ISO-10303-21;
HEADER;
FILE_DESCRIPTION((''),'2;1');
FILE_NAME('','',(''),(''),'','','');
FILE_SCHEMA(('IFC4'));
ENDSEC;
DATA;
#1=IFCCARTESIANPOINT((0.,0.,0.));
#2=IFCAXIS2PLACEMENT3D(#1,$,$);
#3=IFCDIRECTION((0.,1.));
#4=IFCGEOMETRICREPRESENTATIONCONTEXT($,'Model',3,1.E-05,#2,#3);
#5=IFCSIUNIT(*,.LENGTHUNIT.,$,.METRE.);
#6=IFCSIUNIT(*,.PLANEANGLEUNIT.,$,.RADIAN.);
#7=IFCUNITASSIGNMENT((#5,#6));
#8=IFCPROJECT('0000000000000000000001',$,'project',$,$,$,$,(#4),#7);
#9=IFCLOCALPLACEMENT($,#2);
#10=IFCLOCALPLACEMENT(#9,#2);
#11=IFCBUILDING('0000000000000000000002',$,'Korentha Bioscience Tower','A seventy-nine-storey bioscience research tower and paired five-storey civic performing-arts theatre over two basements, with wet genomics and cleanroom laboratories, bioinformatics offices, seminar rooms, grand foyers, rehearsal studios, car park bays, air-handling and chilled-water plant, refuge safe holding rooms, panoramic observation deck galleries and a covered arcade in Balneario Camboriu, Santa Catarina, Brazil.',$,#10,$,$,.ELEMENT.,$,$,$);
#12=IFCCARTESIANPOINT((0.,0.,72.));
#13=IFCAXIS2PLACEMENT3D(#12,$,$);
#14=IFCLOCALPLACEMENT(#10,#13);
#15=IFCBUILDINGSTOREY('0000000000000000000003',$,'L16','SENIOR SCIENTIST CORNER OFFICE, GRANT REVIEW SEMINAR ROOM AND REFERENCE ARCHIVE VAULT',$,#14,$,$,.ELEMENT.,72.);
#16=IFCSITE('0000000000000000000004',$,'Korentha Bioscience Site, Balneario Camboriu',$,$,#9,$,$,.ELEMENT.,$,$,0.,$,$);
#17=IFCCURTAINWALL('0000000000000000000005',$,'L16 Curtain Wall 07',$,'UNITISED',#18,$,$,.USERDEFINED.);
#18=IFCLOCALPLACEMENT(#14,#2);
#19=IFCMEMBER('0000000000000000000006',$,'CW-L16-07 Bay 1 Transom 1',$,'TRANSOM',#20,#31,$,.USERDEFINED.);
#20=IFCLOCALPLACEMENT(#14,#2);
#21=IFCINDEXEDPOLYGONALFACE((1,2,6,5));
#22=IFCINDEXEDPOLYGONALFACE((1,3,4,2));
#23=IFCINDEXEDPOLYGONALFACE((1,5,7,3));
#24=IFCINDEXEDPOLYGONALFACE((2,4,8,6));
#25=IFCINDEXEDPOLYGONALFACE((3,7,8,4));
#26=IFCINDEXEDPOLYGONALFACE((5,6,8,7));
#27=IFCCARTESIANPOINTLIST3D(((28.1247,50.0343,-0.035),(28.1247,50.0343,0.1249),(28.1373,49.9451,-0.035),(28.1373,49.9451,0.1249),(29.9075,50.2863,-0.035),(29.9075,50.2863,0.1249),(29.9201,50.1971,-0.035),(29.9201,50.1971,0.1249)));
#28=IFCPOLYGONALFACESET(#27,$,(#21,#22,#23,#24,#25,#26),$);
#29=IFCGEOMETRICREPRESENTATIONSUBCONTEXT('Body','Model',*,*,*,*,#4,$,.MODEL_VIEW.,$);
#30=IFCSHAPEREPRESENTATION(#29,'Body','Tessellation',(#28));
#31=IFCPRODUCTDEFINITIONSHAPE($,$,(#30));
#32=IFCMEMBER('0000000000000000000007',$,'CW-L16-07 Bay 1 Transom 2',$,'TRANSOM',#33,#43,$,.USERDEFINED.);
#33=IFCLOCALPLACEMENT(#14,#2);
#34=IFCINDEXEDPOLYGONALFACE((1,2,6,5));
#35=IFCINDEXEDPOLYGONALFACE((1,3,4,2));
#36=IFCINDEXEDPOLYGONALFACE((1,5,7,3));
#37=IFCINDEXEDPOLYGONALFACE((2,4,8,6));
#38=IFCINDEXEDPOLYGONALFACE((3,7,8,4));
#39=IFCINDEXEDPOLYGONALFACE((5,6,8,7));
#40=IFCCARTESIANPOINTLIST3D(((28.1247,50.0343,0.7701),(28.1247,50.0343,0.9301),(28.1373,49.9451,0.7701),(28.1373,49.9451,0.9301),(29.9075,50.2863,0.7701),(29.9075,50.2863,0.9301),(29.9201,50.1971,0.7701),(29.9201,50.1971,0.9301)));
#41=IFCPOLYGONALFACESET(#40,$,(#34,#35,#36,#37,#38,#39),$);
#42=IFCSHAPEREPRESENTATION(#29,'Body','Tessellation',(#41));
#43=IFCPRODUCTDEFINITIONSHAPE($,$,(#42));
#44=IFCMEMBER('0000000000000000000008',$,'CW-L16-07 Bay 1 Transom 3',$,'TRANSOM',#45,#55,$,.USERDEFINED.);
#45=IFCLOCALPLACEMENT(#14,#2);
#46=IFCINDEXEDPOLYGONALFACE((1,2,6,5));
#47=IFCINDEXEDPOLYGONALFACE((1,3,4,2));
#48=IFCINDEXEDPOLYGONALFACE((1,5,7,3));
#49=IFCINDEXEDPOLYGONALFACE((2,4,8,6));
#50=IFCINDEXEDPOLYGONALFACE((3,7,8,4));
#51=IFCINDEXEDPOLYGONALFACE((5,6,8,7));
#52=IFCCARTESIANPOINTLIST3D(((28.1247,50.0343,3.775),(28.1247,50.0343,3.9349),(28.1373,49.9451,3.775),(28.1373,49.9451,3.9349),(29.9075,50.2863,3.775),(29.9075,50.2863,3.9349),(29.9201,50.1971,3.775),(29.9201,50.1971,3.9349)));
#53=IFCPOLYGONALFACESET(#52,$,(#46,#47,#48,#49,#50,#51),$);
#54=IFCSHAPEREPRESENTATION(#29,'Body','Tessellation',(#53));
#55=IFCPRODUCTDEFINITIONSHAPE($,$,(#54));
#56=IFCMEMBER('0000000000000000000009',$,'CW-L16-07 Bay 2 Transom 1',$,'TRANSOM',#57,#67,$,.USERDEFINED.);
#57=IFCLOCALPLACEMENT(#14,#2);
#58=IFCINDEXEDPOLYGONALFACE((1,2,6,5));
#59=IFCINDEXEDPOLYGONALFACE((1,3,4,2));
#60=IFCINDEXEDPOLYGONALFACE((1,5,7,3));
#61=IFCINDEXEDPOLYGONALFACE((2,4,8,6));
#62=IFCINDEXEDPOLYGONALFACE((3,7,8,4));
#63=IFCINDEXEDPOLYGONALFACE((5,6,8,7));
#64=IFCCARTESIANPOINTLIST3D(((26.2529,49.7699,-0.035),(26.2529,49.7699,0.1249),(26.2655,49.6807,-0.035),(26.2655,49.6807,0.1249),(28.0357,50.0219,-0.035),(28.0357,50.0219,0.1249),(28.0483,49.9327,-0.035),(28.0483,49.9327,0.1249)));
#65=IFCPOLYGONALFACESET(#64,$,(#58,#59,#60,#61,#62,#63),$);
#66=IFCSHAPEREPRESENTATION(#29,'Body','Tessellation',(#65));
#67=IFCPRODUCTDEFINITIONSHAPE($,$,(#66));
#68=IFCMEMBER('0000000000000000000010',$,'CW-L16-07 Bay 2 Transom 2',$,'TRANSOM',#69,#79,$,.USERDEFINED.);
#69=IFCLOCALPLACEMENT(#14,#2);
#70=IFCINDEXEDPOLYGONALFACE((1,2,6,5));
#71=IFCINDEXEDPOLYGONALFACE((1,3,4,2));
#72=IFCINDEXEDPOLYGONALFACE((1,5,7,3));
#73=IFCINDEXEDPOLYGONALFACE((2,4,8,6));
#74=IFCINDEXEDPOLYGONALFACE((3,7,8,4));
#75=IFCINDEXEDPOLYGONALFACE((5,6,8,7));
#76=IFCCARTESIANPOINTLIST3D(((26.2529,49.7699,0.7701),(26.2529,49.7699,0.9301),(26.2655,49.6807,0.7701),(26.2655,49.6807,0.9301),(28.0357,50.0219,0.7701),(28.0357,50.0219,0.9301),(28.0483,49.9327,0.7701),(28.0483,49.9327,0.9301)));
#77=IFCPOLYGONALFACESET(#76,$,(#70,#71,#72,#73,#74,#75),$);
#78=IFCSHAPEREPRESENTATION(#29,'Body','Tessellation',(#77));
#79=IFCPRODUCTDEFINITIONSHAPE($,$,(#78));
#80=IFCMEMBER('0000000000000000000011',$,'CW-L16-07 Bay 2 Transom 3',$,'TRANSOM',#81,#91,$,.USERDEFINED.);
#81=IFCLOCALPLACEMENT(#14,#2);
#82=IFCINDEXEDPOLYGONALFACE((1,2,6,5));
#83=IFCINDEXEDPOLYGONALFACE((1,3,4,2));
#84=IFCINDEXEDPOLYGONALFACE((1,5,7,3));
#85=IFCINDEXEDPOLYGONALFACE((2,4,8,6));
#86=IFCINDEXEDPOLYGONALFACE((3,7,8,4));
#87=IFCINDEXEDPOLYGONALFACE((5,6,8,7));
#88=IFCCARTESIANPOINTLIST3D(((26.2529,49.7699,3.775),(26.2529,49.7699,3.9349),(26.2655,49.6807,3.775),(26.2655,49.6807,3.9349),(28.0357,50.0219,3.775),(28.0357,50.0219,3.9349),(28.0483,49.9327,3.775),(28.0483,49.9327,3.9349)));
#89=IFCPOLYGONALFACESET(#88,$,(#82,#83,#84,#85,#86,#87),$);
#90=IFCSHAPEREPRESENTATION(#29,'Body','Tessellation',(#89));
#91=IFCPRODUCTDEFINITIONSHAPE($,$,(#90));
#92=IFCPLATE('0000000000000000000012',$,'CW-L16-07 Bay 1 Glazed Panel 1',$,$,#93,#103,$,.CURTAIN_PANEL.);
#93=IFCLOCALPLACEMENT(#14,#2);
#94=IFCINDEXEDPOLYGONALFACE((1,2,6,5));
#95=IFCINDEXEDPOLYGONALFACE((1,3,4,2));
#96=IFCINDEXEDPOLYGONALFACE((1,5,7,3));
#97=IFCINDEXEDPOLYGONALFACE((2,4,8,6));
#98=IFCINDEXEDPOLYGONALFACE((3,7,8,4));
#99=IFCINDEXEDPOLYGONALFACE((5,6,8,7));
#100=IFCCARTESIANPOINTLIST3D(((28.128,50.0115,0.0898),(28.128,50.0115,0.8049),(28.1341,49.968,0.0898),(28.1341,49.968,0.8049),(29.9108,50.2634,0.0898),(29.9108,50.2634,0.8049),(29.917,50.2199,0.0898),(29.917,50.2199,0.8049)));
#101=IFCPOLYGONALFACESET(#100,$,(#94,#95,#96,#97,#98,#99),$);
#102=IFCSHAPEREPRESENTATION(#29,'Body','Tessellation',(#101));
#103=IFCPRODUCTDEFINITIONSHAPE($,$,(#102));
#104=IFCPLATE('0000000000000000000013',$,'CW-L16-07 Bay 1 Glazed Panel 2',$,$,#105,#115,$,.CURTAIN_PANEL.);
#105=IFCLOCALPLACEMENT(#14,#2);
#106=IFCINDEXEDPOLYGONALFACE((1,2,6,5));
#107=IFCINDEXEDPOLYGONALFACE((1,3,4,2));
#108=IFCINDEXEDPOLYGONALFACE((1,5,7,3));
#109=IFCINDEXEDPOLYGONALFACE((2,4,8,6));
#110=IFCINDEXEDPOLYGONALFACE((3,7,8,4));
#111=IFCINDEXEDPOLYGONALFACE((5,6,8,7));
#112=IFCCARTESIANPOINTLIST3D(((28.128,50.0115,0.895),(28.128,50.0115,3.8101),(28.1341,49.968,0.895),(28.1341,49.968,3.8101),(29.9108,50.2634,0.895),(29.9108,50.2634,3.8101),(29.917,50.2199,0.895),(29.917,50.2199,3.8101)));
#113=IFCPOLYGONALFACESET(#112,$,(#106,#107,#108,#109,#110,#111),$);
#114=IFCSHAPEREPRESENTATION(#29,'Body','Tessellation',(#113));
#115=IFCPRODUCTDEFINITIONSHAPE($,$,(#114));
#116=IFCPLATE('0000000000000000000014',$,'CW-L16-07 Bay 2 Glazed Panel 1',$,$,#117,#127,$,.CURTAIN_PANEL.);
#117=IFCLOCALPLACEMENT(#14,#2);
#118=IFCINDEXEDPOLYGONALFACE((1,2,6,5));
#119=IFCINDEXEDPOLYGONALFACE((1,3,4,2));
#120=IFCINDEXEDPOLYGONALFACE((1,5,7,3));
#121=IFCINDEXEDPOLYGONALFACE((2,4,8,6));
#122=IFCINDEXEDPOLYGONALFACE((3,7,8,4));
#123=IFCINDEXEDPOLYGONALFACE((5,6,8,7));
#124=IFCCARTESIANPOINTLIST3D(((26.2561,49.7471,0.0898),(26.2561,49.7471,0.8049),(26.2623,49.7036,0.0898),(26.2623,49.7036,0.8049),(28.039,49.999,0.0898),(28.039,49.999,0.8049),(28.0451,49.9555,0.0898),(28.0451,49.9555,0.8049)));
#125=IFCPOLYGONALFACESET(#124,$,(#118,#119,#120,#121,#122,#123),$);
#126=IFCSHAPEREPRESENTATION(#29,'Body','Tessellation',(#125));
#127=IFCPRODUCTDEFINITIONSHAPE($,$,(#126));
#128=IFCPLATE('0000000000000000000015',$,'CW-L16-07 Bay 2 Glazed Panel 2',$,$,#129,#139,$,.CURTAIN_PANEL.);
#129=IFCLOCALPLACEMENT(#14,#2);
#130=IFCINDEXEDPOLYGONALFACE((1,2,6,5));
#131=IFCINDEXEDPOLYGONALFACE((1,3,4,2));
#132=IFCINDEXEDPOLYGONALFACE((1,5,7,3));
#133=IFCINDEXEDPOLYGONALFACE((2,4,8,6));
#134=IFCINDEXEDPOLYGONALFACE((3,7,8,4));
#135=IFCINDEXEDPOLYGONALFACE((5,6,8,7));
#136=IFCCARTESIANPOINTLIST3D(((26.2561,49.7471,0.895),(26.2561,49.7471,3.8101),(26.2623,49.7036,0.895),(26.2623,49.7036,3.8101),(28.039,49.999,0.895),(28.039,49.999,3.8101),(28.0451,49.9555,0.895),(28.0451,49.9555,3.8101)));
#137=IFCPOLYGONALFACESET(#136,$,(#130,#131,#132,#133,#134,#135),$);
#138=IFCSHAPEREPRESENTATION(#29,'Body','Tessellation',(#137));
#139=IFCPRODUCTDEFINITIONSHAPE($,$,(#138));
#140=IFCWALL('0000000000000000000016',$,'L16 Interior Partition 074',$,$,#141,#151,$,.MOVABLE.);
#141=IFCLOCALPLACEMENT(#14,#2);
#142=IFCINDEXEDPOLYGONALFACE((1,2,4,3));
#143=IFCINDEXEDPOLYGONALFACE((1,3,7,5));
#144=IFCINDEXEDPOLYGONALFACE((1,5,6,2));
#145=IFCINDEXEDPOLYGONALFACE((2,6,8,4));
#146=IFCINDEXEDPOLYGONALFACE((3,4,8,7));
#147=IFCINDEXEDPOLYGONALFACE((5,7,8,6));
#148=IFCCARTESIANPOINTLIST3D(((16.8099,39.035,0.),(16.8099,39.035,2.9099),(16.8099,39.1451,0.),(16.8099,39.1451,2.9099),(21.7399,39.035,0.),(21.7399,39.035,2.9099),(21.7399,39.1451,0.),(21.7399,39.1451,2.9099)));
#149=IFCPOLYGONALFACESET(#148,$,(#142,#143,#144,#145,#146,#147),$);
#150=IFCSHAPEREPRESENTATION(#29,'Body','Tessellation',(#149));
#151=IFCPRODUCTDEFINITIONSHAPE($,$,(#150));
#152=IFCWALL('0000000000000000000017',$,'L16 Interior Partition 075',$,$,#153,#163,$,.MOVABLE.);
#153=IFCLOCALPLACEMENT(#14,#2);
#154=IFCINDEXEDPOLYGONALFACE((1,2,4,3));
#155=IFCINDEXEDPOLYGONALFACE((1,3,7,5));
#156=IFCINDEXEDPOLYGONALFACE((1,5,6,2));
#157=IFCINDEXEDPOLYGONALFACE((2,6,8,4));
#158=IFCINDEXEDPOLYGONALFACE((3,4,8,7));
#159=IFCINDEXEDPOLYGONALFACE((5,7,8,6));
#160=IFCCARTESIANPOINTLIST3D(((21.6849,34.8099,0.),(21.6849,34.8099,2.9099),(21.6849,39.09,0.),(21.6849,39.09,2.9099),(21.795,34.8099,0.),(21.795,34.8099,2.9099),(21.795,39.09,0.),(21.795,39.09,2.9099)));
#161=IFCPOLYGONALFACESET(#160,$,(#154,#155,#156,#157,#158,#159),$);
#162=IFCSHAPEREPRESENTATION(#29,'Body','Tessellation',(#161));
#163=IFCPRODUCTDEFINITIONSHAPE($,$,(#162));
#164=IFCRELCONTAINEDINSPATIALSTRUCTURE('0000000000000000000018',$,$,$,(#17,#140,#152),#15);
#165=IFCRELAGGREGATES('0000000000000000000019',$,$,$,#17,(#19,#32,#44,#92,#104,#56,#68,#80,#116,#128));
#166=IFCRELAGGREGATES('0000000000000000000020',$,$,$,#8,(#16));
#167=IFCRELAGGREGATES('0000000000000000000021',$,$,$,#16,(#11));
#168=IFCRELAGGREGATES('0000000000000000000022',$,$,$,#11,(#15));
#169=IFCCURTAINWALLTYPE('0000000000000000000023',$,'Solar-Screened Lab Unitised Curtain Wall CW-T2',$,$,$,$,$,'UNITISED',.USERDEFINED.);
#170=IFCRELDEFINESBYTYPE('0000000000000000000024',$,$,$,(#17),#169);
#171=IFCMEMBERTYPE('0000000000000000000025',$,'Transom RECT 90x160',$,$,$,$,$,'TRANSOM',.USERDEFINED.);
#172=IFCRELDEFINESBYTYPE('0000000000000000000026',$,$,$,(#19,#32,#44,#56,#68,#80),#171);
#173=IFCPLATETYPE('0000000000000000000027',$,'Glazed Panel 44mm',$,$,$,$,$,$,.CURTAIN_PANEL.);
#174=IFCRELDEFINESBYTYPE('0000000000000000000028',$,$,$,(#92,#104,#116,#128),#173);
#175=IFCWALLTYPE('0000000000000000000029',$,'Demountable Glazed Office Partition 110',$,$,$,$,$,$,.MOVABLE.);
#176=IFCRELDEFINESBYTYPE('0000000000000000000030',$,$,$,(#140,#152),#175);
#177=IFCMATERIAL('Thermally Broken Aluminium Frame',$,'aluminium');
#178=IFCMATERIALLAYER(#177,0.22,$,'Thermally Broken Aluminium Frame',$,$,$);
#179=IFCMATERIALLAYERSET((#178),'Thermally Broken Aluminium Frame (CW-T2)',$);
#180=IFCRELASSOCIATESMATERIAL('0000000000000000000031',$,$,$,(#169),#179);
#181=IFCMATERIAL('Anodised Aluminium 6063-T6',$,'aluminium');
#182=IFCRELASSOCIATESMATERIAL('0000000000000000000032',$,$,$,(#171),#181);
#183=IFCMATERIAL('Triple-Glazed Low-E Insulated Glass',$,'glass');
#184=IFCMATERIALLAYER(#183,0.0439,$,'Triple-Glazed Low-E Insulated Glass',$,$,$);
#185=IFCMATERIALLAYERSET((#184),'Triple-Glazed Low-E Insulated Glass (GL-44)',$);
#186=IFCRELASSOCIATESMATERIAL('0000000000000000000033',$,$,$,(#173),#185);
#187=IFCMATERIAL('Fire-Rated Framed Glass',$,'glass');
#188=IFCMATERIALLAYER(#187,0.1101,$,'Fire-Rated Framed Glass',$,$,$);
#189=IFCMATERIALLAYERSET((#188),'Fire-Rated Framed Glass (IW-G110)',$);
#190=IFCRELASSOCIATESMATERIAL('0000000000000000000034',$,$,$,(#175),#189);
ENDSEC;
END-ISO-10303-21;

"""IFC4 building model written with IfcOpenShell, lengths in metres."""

from ifc_helpers import new_model, si_unit, direction, frame, frame_2d, origin, origin_2d, place, context, subcontext, project, spatial, rectangle, extrude, material, layer, layer_set, material_profile, profile_set, type_object, element, aggregate, save


model = new_model("IFC4")

# Units and contexts
model_context = context("Model", 3, precision=1e-05, world=origin(), true_north=direction((0.0, 1.0)))
body_context = subcontext(model_context, "Body", "Model", "MODEL_VIEW")
ifc_project = project(units=[si_unit("LENGTHUNIT", "METRE"), si_unit("PLANEANGLEUNIT", "RADIAN")], contexts=[model_context])

# Site, building, storey
site_placement = place(None, origin())
site = spatial("IfcSite", under=ifc_project, at=site_placement, Name="Korentha Bioscience Site, Balneario Camboriu", CompositionType="ELEMENT", RefElevation=0.0)
building_placement = place(site_placement, origin())
building = spatial("IfcBuilding", under=site, at=building_placement, Name="Korentha Bioscience Tower", Description="A seventy-nine-storey bioscience research tower and paired five-storey civic performing-arts theatre over two basements, with wet genomics and cleanroom laboratories, bioinformatics offices, seminar rooms, grand foyers, rehearsal studios, car park bays, air-handling and chilled-water plant, refuge safe holding rooms, panoramic observation deck galleries and a covered arcade in Balneario Camboriu, Santa Catarina, Brazil.", CompositionType="ELEMENT")
storey_placement = place(building_placement, frame((0.0, 0.0, 72.0)))
storey = spatial("IfcBuildingStorey", under=building, at=storey_placement, Name="L16", Description="SENIOR SCIENTIST CORNER OFFICE, GRANT REVIEW SEMINAR ROOM AND REFERENCE ARCHIVE VAULT", CompositionType="ELEMENT", Elevation=72.0)

# Curtain wall
ifc_material_1 = material(Name="Thermally Broken Aluminium Frame", Category="aluminium")
ifc_layer_1 = layer(ifc_material_1, 0.22, Name="Thermally Broken Aluminium Frame")
ifc_layer_set_1 = layer_set([ifc_layer_1], Name="Thermally Broken Aluminium Frame (CW-T2)")
curtain_wall_type = type_object("IfcCurtainWallType", Name="Solar-Screened Lab Unitised Curtain Wall CW-T2", ElementType="UNITISED", PredefinedType="USERDEFINED", material=ifc_layer_set_1)
curtain_wall_placement = place(storey_placement, origin())
curtain_wall = element("IfcCurtainWall", 1, at=curtain_wall_placement, inside=storey, type_object=curtain_wall_type, Name="L16 Curtain Wall 07", ObjectType="UNITISED", PredefinedType="USERDEFINED")
ifc_material_2 = material(Name="Anodised Aluminium 6063-T6", Category="aluminium")

# Members
ifc_material_profile_1 = material_profile(ifc_material_2, rectangle(XDim=0.0901, YDim=0.1599, at=origin_2d()), Name="Anodised Aluminium 6063-T6")
ifc_profile_set_1 = profile_set([ifc_material_profile_1], Name="Anodised Aluminium 6063-T6 (CW-TRN)")
member_type_1 = type_object("IfcMemberType", Name="Transom RECT 90x160", ElementType="TRANSOM", PredefinedType="USERDEFINED", material=ifc_profile_set_1)
member_1_placement = place(storey_placement, frame((29.9138, 50.2417, 0.0449), z_axis=(-0.99016, -0.13994, 0.0), x_axis=(0.13994, -0.99016, 0.0)))
member_1 = element("IfcMember", 2, at=member_1_placement, type_object=member_type_1, Name="CW-L16-07 Bay 1 Transom 1", ObjectType="TRANSOM", PredefinedType="USERDEFINED", context=body_context, shape_type="SweptSolid", body=[
    extrude(rectangle(XDim=0.0901, YDim=0.1599, at=origin_2d()), origin(), (0.0, 0.0, 1.0), 1.8005),
])
member_2_placement = place(storey_placement, frame((29.9138, 50.2417, 0.8501), z_axis=(-0.99016, -0.13994, 0.0), x_axis=(0.13994, -0.99016, 0.0)))
member_2 = element("IfcMember", 3, at=member_2_placement, type_object=member_type_1, Name="CW-L16-07 Bay 1 Transom 2", ObjectType="TRANSOM", PredefinedType="USERDEFINED", context=body_context, shape_type="SweptSolid", body=[
    extrude(rectangle(XDim=0.0901, YDim=0.1599, at=origin_2d()), origin(), (0.0, 0.0, 1.0), 1.8005),
])
member_3_placement = place(storey_placement, frame((29.9138, 50.2417, 3.855), z_axis=(-0.99016, -0.13994, 0.0), x_axis=(0.13994, -0.99016, 0.0)))
member_3 = element("IfcMember", 4, at=member_3_placement, type_object=member_type_1, Name="CW-L16-07 Bay 1 Transom 3", ObjectType="TRANSOM", PredefinedType="USERDEFINED", context=body_context, shape_type="SweptSolid", body=[
    extrude(rectangle(XDim=0.0901, YDim=0.1599, at=origin_2d()), origin(), (0.0, 0.0, 1.0), 1.8005),
])
member_4_placement = place(storey_placement, frame((28.042, 49.9773, 0.0449), z_axis=(-0.99016, -0.13994, 0.0), x_axis=(0.13994, -0.99016, 0.0)))
member_4 = element("IfcMember", 5, at=member_4_placement, type_object=member_type_1, Name="CW-L16-07 Bay 2 Transom 1", ObjectType="TRANSOM", PredefinedType="USERDEFINED", context=body_context, shape_type="SweptSolid", body=[
    extrude(rectangle(XDim=0.0901, YDim=0.1599, at=origin_2d()), origin(), (0.0, 0.0, 1.0), 1.8005),
])
member_5_placement = place(storey_placement, frame((28.042, 49.9773, 0.8501), z_axis=(-0.99016, -0.13994, 0.0), x_axis=(0.13994, -0.99016, 0.0)))
member_5 = element("IfcMember", 6, at=member_5_placement, type_object=member_type_1, Name="CW-L16-07 Bay 2 Transom 2", ObjectType="TRANSOM", PredefinedType="USERDEFINED", context=body_context, shape_type="SweptSolid", body=[
    extrude(rectangle(XDim=0.0901, YDim=0.1599, at=origin_2d()), origin(), (0.0, 0.0, 1.0), 1.8005),
])
member_6_placement = place(storey_placement, frame((28.042, 49.9773, 3.855), z_axis=(-0.99016, -0.13994, 0.0), x_axis=(0.13994, -0.99016, 0.0)))
member_6 = element("IfcMember", 7, at=member_6_placement, type_object=member_type_1, Name="CW-L16-07 Bay 2 Transom 3", ObjectType="TRANSOM", PredefinedType="USERDEFINED", context=body_context, shape_type="SweptSolid", body=[
    extrude(rectangle(XDim=0.0901, YDim=0.1599, at=origin_2d()), origin(), (0.0, 0.0, 1.0), 1.8005),
])

# Plates
ifc_material_3 = material(Name="Triple-Glazed Low-E Insulated Glass", Category="glass")
ifc_layer_2 = layer(ifc_material_3, 0.0439, Name="Triple-Glazed Low-E Insulated Glass")
ifc_layer_set_2 = layer_set([ifc_layer_2], Name="Triple-Glazed Low-E Insulated Glass (GL-44)")
plate_type = type_object("IfcPlateType", Name="Glazed Panel 44mm", PredefinedType="CURTAIN_PANEL", material=ifc_layer_set_2)
plate_1_placement = place(storey_placement, frame((29.0225, 50.1157, 0.0898), z_axis=(0.0, 0.0, 1.0), x_axis=(-0.990167, -0.139888, 0.0)))
plate_1 = element("IfcPlate", 8, at=plate_1_placement, type_object=plate_type, Name="CW-L16-07 Bay 1 Glazed Panel 1", PredefinedType="CURTAIN_PANEL", context=body_context, shape_type="SweptSolid", body=[
    extrude(rectangle(XDim=1.8005, YDim=0.0439, at=origin_2d()), origin(), (0.0, 0.0, 1.0), 0.7151),
])
plate_2_placement = place(storey_placement, frame((29.0225, 50.1157, 0.895), z_axis=(0.0, 0.0, 1.0), x_axis=(-0.990167, -0.139888, 0.0)))
plate_2 = element("IfcPlate", 9, at=plate_2_placement, type_object=plate_type, Name="CW-L16-07 Bay 1 Glazed Panel 2", PredefinedType="CURTAIN_PANEL", context=body_context, shape_type="SweptSolid", body=[
    extrude(rectangle(XDim=1.8005, YDim=0.0439, at=origin_2d()), origin(), (0.0, 0.0, 1.0), 2.915),
])
plate_3_placement = place(storey_placement, frame((27.1506, 49.8513, 0.0898), z_axis=(0.0, 0.0, 1.0), x_axis=(-0.990167, -0.139888, 0.0)))
plate_3 = element("IfcPlate", 10, at=plate_3_placement, type_object=plate_type, Name="CW-L16-07 Bay 2 Glazed Panel 1", PredefinedType="CURTAIN_PANEL", context=body_context, shape_type="SweptSolid", body=[
    extrude(rectangle(XDim=1.8005, YDim=0.0439, at=origin_2d()), origin(), (0.0, 0.0, 1.0), 0.7151),
])
plate_4_placement = place(storey_placement, frame((27.1506, 49.8513, 0.895), z_axis=(0.0, 0.0, 1.0), x_axis=(-0.990167, -0.139888, 0.0)))
plate_4 = element("IfcPlate", 11, at=plate_4_placement, type_object=plate_type, Name="CW-L16-07 Bay 2 Glazed Panel 2", PredefinedType="CURTAIN_PANEL", context=body_context, shape_type="SweptSolid", body=[
    extrude(rectangle(XDim=1.8005, YDim=0.0439, at=origin_2d()), origin(), (0.0, 0.0, 1.0), 2.915),
])
aggregate(curtain_wall, [member_1, member_2, member_3, plate_1, plate_2, member_4, member_5, member_6, plate_3, plate_4])

# Walls
ifc_material_4 = material(Name="Fire-Rated Framed Glass", Category="glass")
ifc_layer_3 = layer(ifc_material_4, 0.1101, Name="Fire-Rated Framed Glass")
ifc_layer_set_3 = layer_set([ifc_layer_3], Name="Fire-Rated Framed Glass (IW-G110)")
wall_type_1 = type_object("IfcWallType", Name="Demountable Glazed Office Partition 110", PredefinedType="MOVABLE", material=ifc_layer_set_3)
wall_1_placement = place(storey_placement, frame((16.8101, 39.0901, 0.0), z_axis=(0.0, 0.0, 1.0), x_axis=(1.0, 0.0, 0.0)))
element("IfcWall", 12, at=wall_1_placement, inside=storey, type_object=wall_type_1, Name="L16 Interior Partition 074", PredefinedType="MOVABLE", context=body_context, shape_type="SweptSolid", body=[
    extrude(rectangle(XDim=4.9299, YDim=0.1101, at=frame_2d((2.4648, 0.0))), origin(), (0.0, 0.0, 1.0), 2.9099),
])
wall_2_placement = place(storey_placement, frame((21.74, 39.0901, 0.0), z_axis=(0.0, 0.0, 1.0), x_axis=(0.0, -1.0, 0.0)))
element("IfcWall", 13, at=wall_2_placement, inside=storey, type_object=wall_type_1, Name="L16 Interior Partition 075", PredefinedType="MOVABLE", context=body_context, shape_type="SweptSolid", body=[
    extrude(rectangle(XDim=4.28, YDim=0.1101, at=frame_2d((2.1401, 0.0))), origin(), (0.0, 0.0, 1.0), 2.9099),
])

save(model, "model.ifc")
